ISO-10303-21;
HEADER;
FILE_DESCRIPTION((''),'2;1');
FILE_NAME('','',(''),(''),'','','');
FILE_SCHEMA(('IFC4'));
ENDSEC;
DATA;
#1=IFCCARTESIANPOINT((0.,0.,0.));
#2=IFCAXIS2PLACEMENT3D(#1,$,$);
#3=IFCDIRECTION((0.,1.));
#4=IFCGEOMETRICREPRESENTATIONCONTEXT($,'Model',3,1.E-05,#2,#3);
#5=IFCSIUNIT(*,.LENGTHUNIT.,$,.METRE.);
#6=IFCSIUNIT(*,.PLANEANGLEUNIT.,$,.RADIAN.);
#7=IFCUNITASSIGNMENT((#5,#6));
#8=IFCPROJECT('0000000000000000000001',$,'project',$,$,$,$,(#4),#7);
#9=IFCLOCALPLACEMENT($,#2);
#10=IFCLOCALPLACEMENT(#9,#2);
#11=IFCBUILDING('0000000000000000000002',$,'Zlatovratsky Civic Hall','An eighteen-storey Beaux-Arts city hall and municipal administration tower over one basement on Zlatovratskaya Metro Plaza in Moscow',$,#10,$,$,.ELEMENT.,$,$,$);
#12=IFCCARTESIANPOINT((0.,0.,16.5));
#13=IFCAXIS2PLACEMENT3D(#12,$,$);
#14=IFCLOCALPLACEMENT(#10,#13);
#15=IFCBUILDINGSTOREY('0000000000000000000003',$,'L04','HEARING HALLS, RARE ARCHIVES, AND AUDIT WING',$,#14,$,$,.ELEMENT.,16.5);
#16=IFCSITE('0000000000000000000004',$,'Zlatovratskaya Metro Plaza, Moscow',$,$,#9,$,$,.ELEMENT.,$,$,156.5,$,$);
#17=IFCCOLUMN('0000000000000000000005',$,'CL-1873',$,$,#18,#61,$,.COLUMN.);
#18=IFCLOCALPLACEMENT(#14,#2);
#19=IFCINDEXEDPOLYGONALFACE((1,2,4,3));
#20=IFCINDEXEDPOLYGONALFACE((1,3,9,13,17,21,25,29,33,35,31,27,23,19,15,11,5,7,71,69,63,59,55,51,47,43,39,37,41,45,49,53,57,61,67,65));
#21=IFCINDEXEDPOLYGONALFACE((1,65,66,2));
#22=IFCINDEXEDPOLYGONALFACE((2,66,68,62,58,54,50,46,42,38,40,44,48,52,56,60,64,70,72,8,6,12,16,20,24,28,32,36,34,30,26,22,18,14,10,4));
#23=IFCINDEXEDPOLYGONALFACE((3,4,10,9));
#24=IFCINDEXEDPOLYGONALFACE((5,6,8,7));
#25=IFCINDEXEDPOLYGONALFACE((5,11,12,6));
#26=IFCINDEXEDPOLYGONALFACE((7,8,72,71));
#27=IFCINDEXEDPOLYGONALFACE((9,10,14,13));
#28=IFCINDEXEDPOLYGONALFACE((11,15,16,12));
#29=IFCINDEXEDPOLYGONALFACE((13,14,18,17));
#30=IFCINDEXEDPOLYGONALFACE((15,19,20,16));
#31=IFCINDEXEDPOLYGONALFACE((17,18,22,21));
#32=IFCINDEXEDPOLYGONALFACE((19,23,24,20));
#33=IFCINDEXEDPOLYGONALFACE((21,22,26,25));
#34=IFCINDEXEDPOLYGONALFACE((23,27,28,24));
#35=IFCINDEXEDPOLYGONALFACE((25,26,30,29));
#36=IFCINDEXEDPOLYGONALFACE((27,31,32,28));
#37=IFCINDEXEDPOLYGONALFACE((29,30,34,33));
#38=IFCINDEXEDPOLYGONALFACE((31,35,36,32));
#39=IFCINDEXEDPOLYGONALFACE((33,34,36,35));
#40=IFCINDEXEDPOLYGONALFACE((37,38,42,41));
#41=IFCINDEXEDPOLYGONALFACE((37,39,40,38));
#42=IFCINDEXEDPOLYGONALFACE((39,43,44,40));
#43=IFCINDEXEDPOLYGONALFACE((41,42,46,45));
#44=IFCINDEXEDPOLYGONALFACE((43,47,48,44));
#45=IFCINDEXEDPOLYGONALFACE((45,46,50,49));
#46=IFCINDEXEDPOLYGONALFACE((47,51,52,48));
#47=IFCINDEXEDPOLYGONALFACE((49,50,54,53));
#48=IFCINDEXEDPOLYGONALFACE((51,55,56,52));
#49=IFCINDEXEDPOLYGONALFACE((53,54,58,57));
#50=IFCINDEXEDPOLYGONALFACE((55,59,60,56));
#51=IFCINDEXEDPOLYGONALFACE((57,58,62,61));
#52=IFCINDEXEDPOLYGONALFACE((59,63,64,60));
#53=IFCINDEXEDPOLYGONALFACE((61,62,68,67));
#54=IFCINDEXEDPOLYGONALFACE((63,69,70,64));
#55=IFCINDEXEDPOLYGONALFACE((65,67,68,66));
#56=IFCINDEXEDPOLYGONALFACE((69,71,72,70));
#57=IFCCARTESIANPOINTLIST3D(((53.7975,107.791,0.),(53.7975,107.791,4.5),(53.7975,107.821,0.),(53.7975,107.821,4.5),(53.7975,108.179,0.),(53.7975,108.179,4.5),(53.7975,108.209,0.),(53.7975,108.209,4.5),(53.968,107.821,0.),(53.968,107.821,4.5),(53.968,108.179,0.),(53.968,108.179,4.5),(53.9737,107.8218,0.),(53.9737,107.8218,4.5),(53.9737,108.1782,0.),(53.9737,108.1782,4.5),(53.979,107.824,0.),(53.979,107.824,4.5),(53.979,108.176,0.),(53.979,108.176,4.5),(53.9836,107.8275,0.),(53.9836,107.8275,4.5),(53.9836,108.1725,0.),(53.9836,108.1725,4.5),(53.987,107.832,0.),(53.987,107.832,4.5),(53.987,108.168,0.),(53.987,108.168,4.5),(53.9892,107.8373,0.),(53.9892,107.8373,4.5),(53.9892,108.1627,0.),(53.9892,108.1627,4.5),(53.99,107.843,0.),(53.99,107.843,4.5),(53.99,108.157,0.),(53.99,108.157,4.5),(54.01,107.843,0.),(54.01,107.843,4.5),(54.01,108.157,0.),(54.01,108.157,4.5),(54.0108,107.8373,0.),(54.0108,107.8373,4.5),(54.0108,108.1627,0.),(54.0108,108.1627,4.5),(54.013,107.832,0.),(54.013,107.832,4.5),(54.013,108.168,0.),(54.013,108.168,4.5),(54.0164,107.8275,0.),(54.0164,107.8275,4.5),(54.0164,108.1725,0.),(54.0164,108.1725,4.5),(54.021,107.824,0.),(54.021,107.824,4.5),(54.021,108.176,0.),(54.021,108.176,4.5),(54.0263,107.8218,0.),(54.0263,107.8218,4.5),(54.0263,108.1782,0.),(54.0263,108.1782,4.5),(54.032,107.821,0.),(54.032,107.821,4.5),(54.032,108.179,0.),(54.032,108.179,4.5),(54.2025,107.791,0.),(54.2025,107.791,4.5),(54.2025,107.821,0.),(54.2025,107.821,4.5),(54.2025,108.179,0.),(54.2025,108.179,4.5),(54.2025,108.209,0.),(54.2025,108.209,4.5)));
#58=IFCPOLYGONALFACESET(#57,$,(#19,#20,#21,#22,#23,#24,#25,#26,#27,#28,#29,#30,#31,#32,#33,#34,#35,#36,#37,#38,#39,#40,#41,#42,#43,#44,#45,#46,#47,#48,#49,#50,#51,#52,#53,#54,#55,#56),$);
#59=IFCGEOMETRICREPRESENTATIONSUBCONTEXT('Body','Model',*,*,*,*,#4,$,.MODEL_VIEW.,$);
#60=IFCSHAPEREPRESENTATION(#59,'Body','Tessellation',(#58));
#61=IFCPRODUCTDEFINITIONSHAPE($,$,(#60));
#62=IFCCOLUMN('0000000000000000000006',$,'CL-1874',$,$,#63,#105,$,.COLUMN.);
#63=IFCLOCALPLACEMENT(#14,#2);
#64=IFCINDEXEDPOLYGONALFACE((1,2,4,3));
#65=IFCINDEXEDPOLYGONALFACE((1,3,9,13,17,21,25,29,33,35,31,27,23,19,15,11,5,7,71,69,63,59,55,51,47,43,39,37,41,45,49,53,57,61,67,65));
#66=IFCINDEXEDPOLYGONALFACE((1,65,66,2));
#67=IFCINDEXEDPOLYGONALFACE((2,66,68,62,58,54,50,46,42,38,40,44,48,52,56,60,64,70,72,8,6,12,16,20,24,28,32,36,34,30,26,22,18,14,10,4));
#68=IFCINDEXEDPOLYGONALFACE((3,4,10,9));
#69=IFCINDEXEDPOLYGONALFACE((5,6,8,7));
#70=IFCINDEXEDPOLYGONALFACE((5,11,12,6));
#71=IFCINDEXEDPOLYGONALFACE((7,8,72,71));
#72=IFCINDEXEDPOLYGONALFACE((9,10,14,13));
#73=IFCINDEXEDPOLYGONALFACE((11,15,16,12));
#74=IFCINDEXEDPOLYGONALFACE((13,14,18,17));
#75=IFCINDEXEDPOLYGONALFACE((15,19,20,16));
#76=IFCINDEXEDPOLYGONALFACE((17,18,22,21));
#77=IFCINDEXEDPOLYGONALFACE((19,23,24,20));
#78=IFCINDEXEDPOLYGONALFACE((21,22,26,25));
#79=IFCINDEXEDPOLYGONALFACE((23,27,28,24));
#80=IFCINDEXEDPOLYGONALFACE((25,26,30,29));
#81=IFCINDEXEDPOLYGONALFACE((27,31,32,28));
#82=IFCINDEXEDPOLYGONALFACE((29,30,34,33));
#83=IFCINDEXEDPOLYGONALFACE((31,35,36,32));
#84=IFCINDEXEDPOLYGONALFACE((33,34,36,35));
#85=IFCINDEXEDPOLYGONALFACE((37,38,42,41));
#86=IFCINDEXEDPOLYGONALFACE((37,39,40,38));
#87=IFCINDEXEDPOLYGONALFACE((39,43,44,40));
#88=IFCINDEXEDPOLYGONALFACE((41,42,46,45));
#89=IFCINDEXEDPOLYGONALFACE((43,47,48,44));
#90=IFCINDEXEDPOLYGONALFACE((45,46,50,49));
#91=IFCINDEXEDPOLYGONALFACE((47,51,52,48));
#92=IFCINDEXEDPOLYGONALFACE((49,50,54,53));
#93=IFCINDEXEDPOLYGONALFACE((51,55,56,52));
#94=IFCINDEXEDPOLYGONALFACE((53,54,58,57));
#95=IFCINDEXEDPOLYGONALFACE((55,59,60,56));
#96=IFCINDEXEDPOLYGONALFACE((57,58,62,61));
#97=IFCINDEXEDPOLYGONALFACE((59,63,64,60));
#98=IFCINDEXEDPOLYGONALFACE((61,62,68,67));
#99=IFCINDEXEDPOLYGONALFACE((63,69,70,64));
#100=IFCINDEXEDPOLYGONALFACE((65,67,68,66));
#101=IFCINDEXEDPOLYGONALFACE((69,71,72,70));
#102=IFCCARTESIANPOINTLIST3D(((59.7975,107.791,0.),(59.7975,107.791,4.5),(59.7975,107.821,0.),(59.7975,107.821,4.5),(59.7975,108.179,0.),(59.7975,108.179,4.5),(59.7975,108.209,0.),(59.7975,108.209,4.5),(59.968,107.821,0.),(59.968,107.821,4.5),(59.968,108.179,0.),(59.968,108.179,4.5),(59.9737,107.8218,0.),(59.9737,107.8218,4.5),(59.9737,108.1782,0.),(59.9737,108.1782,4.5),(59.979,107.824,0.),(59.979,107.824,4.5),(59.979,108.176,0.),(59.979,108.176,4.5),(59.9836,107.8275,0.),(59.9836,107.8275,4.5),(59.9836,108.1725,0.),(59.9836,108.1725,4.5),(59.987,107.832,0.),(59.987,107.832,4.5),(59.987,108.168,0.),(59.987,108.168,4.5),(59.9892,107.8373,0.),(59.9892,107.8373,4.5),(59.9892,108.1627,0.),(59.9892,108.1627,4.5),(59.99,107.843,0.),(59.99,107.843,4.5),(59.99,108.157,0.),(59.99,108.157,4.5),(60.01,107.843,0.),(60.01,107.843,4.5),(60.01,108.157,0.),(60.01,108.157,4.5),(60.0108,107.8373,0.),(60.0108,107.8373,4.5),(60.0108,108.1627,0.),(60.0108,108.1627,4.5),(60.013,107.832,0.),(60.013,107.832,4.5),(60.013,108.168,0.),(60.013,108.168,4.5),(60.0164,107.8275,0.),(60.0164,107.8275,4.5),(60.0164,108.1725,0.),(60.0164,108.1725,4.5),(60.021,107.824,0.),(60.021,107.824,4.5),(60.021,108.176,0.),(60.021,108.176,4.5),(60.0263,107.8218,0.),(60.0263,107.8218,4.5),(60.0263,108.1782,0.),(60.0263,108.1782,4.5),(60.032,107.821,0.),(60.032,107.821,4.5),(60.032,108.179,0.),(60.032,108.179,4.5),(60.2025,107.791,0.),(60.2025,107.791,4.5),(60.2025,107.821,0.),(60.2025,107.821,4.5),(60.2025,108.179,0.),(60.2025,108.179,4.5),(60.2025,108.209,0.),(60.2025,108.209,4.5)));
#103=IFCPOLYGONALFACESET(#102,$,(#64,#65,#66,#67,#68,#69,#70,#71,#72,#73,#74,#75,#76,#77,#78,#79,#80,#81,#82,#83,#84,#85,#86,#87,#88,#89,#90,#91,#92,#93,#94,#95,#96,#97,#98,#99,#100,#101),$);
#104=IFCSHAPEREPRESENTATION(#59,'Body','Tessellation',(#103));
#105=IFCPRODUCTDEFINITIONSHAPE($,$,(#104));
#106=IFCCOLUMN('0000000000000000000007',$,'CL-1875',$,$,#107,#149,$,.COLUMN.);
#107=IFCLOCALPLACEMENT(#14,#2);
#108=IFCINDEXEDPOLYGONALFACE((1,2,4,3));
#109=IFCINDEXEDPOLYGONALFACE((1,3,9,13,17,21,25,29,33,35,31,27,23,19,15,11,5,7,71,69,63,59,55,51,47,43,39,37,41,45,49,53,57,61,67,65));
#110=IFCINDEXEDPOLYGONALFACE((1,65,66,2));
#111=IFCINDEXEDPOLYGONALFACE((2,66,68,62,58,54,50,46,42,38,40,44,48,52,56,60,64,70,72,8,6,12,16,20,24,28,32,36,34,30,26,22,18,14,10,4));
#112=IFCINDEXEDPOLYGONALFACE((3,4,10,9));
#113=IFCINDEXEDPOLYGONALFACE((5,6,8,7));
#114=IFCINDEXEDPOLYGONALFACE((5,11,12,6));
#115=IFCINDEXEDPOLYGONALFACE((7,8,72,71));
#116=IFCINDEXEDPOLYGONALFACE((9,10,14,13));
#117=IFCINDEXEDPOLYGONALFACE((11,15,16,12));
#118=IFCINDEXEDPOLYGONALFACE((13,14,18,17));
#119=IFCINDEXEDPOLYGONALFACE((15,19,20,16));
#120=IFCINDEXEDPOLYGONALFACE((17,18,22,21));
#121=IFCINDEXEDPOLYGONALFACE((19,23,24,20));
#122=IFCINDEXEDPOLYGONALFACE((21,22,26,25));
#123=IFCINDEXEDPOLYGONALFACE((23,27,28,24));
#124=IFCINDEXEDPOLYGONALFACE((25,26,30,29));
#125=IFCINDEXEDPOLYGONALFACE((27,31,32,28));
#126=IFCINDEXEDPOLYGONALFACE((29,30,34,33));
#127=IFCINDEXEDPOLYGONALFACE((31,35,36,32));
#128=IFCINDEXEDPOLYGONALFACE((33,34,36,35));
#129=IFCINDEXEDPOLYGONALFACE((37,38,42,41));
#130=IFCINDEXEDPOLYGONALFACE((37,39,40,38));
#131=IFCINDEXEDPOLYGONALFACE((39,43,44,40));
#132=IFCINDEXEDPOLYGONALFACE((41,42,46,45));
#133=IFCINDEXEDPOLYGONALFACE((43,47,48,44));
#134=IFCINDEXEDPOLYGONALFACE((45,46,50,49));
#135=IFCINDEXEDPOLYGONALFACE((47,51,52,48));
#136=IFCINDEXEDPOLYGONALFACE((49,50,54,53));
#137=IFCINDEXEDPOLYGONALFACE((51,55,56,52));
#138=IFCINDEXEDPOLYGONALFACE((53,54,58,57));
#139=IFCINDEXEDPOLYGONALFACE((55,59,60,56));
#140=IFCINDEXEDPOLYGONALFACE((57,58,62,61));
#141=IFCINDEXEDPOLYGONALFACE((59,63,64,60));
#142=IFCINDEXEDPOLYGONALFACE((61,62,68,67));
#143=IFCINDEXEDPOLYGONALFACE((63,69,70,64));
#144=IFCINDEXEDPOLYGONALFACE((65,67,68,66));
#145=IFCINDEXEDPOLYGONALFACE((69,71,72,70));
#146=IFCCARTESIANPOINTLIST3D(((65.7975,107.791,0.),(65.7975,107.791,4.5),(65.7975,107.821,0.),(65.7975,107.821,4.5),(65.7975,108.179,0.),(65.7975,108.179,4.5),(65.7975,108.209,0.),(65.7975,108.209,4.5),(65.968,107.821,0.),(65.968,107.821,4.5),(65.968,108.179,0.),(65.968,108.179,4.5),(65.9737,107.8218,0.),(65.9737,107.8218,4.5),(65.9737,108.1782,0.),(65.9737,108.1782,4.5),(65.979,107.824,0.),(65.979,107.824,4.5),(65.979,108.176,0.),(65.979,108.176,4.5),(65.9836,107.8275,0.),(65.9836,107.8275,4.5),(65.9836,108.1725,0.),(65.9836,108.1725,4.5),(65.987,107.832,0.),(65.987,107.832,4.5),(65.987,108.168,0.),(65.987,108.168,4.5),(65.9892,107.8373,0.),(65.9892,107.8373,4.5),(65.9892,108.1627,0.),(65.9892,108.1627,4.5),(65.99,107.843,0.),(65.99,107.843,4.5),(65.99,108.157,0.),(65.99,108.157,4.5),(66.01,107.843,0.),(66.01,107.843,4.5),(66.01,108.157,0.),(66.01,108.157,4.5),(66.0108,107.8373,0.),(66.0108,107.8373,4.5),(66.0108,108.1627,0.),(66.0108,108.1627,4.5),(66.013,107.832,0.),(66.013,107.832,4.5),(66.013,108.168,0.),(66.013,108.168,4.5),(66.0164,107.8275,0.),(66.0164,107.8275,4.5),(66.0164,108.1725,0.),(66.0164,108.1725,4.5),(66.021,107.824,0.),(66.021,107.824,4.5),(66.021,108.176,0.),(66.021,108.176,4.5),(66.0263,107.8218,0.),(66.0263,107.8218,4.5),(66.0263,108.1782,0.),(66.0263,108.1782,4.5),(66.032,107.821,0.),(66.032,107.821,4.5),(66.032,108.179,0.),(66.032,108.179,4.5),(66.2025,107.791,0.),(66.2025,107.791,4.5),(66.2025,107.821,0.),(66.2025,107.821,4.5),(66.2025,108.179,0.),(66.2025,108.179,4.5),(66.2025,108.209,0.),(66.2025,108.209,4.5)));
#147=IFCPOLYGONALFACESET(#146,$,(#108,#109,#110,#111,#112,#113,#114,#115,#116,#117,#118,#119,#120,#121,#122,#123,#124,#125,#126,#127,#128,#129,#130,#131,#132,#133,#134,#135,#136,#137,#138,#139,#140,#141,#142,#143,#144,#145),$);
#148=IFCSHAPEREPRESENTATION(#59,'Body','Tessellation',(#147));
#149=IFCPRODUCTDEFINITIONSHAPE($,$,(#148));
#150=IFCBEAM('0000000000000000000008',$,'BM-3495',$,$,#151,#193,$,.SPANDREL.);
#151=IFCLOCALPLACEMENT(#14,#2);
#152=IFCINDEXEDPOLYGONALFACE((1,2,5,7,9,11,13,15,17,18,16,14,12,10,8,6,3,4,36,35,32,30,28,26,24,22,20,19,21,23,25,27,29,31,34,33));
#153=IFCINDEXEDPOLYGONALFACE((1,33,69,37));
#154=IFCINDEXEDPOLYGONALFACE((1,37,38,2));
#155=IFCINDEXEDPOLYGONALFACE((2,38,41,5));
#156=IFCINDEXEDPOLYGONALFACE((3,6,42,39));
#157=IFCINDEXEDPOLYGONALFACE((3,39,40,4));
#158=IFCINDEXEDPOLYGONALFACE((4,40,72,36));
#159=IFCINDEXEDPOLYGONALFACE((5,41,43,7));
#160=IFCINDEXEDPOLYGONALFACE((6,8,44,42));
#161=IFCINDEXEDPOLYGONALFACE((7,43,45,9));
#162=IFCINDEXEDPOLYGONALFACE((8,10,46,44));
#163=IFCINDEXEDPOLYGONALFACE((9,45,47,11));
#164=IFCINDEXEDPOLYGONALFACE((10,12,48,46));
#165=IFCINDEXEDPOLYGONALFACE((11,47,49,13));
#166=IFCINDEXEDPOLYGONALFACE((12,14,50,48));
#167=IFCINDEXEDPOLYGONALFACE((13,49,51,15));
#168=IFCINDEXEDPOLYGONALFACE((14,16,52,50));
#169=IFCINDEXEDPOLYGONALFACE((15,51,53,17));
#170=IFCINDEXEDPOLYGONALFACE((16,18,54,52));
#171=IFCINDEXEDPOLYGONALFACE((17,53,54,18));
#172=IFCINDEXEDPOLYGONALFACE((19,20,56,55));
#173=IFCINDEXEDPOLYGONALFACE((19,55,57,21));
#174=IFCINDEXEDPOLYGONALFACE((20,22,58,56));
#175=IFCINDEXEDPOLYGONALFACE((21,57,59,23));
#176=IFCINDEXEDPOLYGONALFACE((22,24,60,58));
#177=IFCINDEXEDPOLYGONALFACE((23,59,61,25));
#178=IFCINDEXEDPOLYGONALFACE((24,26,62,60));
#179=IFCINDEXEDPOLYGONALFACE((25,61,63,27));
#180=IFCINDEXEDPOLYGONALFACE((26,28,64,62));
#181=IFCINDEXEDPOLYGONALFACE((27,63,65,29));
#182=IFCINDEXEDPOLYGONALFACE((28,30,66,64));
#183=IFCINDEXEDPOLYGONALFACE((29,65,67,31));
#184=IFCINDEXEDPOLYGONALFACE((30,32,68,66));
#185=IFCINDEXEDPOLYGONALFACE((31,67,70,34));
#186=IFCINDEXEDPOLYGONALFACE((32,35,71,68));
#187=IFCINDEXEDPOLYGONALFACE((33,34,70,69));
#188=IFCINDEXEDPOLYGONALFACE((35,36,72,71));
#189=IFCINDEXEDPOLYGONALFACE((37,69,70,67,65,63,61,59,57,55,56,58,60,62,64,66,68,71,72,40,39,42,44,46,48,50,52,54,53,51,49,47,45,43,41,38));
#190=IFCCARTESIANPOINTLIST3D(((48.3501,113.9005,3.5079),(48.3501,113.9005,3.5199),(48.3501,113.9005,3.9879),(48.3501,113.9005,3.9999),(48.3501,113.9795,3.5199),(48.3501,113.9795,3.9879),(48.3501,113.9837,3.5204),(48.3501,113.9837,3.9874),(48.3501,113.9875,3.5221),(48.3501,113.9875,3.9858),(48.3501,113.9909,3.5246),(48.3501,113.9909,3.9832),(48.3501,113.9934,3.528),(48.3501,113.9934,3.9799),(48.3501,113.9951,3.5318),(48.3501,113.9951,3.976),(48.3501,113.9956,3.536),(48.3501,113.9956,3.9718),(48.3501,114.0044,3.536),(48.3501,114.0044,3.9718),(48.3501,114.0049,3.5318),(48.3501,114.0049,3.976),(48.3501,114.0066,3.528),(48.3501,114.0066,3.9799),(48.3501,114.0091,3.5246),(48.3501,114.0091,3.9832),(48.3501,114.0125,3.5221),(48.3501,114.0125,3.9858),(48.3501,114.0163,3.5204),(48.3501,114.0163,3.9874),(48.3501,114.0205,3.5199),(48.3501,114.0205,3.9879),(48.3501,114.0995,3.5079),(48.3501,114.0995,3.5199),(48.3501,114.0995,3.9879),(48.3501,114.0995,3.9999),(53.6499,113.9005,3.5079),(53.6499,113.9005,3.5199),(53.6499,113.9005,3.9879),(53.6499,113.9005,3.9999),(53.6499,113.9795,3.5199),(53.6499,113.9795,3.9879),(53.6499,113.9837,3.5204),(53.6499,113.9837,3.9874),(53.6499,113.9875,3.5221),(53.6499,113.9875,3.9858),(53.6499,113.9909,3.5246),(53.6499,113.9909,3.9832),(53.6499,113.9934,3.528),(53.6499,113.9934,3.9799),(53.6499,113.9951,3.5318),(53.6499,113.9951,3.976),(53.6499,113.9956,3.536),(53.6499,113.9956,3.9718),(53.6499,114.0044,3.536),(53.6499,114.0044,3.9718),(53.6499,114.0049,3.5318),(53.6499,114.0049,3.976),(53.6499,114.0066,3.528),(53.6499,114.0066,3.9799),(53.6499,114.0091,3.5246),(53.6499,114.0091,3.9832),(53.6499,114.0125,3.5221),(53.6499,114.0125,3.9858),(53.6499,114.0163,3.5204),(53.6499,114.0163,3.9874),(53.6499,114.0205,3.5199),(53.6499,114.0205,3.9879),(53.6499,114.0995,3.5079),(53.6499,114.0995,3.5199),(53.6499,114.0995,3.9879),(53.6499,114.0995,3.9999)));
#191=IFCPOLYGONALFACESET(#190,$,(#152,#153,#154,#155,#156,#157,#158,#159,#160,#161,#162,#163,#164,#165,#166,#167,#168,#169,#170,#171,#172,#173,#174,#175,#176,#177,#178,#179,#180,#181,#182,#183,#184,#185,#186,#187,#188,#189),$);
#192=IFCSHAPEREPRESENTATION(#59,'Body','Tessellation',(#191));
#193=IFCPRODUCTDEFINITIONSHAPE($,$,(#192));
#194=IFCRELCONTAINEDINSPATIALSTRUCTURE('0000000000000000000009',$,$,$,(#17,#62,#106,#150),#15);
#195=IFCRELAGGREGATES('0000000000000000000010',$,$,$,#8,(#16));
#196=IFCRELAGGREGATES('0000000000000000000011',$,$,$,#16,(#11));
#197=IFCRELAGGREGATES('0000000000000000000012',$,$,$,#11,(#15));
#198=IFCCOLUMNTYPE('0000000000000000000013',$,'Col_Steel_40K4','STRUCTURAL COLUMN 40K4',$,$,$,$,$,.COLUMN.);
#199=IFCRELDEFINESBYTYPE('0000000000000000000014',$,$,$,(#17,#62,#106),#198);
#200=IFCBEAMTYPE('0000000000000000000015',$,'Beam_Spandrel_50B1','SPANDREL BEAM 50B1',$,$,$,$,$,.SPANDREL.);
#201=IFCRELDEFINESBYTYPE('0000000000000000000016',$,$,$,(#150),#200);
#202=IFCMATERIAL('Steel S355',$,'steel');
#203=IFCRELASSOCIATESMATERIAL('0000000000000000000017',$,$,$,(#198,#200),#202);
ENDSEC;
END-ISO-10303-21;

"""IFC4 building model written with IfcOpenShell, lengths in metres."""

from ifc_helpers import new_model, si_unit, direction, frame, origin, origin_2d, place, context, subcontext, project, spatial, i_section, extrude, material, material_profile, profile_set, type_object, element, save


model = new_model("IFC4")

# Units and contexts
model_context = context("Model", 3, precision=1e-05, world=origin(), true_north=direction((0.0, 1.0)))
body_context = subcontext(model_context, "Body", "Model", "MODEL_VIEW")
ifc_project = project(units=[si_unit("LENGTHUNIT", "METRE"), si_unit("PLANEANGLEUNIT", "RADIAN")], contexts=[model_context])

# Site, building, storey
site_placement = place(None, origin())
site = spatial("IfcSite", under=ifc_project, at=site_placement, Name="Zlatovratskaya Metro Plaza, Moscow", CompositionType="ELEMENT", RefElevation=156.5)
building_placement = place(site_placement, origin())
building = spatial("IfcBuilding", under=site, at=building_placement, Name="Zlatovratsky Civic Hall", Description="An eighteen-storey Beaux-Arts city hall and municipal administration tower over one basement on Zlatovratskaya Metro Plaza in Moscow", CompositionType="ELEMENT")
storey_placement = place(building_placement, frame((0.0, 0.0, 16.5)))
storey = spatial("IfcBuildingStorey", under=building, at=storey_placement, Name="L04", Description="HEARING HALLS, RARE ARCHIVES, AND AUDIT WING", CompositionType="ELEMENT", Elevation=16.5)

# Columns
ifc_material_1 = material(Name="Steel S355", Category="steel")
ifc_material_profile_1 = material_profile(ifc_material_1, i_section(OverallWidth=0.405, OverallDepth=0.418, WebThickness=0.02, FlangeThickness=0.03, FilletRadius=0.022, at=origin_2d()), Name="40K4")
ifc_profile_set_1 = profile_set([ifc_material_profile_1], Name="Steel S355")
column_type_1 = type_object("IfcColumnType", Name="Col_Steel_40K4", Description="STRUCTURAL COLUMN 40K4", PredefinedType="COLUMN", material=ifc_profile_set_1)
for number, where, z_axis, x_axis, name in (
    (1, (54.0, 108.0, 0.0), (0.0, 0.0, 1.0), (1.0, 0.0, 0.0), "CL-1873"),
    (2, (60.0, 108.0, 0.0), (0.0, 0.0, 1.0), (1.0, 0.0, 0.0), "CL-1874"),
    (3, (66.0, 108.0, 0.0), (0.0, 0.0, 1.0), (1.0, 0.0, 0.0), "CL-1875"),
):
    element("IfcColumn", number, at=place(storey_placement, frame(where, z_axis=z_axis, x_axis=x_axis)), inside=storey, type_object=column_type_1, Name=name, PredefinedType="COLUMN", context=body_context, shape_type="SweptSolid", body=[
        extrude(i_section(OverallWidth=0.405, OverallDepth=0.418, WebThickness=0.02, FlangeThickness=0.03, FilletRadius=0.022, at=origin_2d()), origin(), (0.0, 0.0, 1.0), 4.5),
    ])

# Beam
ifc_material_profile_2 = material_profile(ifc_material_1, i_section(OverallWidth=0.199, OverallDepth=0.4919, WebThickness=0.0088, FlangeThickness=0.012, FilletRadius=0.0161, at=origin_2d()), Name="50B1")
ifc_profile_set_2 = profile_set([ifc_material_profile_2], Name="Steel S355")
beam_type_1 = type_object("IfcBeamType", Name="Beam_Spandrel_50B1", Description="SPANDREL BEAM 50B1", PredefinedType="SPANDREL", material=ifc_profile_set_2)
for number, where, z_axis, x_axis, name in (
    (4, (48.3501, 114.0, 3.7539), (1.0, 0.0, 0.0), (0.0, 1.0, 0.0), "BM-3495"),
):
    element("IfcBeam", number, at=place(storey_placement, frame(where, z_axis=z_axis, x_axis=x_axis)), inside=storey, type_object=beam_type_1, Name=name, PredefinedType="SPANDREL", context=body_context, shape_type="SweptSolid", body=[
        extrude(i_section(OverallWidth=0.199, OverallDepth=0.4919, WebThickness=0.0088, FlangeThickness=0.012, FilletRadius=0.0161, at=origin_2d()), origin(), (0.0, 0.0, 1.0), 5.2998),
    ])

save(model, "model.ifc")
